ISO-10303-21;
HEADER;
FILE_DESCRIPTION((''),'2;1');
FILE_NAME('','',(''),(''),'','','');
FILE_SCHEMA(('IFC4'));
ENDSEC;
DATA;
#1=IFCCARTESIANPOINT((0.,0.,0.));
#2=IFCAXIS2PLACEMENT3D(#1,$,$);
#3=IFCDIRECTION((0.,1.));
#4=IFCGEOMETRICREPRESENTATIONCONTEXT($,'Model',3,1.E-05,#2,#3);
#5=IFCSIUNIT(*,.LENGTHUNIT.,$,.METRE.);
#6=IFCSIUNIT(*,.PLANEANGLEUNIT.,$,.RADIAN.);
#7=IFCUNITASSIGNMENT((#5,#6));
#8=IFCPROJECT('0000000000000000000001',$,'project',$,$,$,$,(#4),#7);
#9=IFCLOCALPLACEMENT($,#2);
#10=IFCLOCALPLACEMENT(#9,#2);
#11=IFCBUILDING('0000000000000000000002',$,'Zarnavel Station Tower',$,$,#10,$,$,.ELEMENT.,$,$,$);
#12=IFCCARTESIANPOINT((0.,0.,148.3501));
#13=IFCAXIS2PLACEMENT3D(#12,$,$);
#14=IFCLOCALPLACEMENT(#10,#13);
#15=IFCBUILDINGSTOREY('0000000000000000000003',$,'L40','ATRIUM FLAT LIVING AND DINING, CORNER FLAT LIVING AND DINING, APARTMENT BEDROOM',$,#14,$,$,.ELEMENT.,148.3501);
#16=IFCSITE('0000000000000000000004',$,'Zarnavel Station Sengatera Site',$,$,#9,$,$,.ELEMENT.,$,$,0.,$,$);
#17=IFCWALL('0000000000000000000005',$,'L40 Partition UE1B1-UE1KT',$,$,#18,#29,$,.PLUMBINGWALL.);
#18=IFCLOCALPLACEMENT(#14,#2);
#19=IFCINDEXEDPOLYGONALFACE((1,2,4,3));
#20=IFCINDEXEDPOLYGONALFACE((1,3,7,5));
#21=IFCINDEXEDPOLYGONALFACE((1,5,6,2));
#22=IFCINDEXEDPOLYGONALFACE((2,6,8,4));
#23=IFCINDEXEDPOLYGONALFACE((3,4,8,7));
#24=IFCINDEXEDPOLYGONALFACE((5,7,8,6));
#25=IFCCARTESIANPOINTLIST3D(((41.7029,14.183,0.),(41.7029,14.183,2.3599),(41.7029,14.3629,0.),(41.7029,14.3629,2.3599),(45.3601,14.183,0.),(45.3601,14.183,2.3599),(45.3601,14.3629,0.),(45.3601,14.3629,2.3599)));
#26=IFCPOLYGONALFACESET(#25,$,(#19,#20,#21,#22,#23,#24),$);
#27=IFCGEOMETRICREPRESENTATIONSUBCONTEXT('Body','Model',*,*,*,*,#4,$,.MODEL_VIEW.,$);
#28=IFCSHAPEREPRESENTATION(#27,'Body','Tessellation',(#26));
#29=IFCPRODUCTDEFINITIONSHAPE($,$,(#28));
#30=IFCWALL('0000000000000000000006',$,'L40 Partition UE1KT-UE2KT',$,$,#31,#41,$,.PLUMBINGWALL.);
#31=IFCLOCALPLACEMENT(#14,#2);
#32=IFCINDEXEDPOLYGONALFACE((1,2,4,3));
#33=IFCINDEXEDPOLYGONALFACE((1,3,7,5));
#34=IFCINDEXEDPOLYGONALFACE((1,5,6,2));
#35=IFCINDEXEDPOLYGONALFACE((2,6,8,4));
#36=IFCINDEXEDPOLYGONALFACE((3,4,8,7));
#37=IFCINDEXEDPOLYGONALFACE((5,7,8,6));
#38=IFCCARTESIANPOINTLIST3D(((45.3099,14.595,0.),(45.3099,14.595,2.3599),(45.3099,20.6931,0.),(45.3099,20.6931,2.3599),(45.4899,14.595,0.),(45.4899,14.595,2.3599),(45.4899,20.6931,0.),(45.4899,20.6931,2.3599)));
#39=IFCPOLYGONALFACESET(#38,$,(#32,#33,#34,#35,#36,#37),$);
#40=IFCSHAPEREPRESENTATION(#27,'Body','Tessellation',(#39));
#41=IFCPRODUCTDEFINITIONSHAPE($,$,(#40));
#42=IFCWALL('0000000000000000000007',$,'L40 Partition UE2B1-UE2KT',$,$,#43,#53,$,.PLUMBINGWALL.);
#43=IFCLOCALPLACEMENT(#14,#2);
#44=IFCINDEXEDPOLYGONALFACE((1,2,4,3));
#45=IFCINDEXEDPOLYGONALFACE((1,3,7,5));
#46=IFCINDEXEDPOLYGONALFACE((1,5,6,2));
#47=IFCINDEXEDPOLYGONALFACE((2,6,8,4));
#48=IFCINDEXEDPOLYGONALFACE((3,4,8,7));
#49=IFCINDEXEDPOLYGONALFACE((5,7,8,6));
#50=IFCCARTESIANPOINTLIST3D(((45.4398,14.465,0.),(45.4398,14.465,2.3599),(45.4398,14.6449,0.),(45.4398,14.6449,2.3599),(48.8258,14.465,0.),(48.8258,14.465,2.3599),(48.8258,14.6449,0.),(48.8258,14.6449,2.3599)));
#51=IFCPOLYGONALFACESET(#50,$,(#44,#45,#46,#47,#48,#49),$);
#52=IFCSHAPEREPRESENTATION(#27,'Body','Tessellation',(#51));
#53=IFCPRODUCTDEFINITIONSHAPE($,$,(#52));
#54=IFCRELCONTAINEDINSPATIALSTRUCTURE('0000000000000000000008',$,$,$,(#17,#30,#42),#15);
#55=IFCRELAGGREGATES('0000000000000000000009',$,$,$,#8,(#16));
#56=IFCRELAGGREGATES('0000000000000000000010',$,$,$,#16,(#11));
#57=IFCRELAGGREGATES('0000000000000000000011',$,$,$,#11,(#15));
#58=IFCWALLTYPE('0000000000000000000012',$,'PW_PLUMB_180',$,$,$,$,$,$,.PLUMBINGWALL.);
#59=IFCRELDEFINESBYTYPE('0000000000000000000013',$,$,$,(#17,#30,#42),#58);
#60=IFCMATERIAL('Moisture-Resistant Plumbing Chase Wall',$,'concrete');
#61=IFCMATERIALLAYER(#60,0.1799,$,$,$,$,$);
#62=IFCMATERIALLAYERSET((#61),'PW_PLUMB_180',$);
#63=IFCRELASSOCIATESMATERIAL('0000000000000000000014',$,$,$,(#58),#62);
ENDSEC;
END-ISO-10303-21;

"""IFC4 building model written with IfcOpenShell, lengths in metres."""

from ifc_helpers import new_model, si_unit, direction, frame, frame_2d, origin, place, context, subcontext, project, spatial, rectangle, extrude, material, layer, layer_set, type_object, element, save


model = new_model("IFC4")

# Units and contexts
model_context = context("Model", 3, precision=1e-05, world=origin(), true_north=direction((0.0, 1.0)))
body_context = subcontext(model_context, "Body", "Model", "MODEL_VIEW")
ifc_project = project(units=[si_unit("LENGTHUNIT", "METRE"), si_unit("PLANEANGLEUNIT", "RADIAN")], contexts=[model_context])

# Site, building, storey
site_placement = place(None, origin())
site = spatial("IfcSite", under=ifc_project, at=site_placement, Name="Zarnavel Station Sengatera Site", CompositionType="ELEMENT", RefElevation=0.0)
building_placement = place(site_placement, origin())
building = spatial("IfcBuilding", under=site, at=building_placement, Name="Zarnavel Station Tower", CompositionType="ELEMENT")
storey_placement = place(building_placement, frame((0.0, 0.0, 148.3501)))
storey = spatial("IfcBuildingStorey", under=building, at=storey_placement, Name="L40", Description="ATRIUM FLAT LIVING AND DINING, CORNER FLAT LIVING AND DINING, APARTMENT BEDROOM", CompositionType="ELEMENT", Elevation=148.3501)

# Shared definitions
ifc_material_1 = material(Name="Moisture-Resistant Plumbing Chase Wall", Category="concrete")
ifc_layer_1 = layer(ifc_material_1, 0.1799)
ifc_layer_set_1 = layer_set([ifc_layer_1], Name="PW_PLUMB_180")
wall_type_1 = type_object("IfcWallType", Name="PW_PLUMB_180", PredefinedType="PLUMBINGWALL", material=ifc_layer_set_1)

# Walls
wall_1_placement = place(storey_placement, frame((41.7029, 14.2729, 0.0), z_axis=(0.0, 0.0, 1.0), x_axis=(1.0, 0.0, 0.0)))
element("IfcWall", 1, at=wall_1_placement, inside=storey, type_object=wall_type_1, Name="L40 Partition UE1B1-UE1KT", PredefinedType="PLUMBINGWALL", context=body_context, shape_type="SweptSolid", body=[
    extrude(rectangle(XDim=3.6572, YDim=0.1799, at=frame_2d((1.8286, 0.0))), origin(), (0.0, 0.0, 1.0), 2.3599),
])
wall_2_placement = place(storey_placement, frame((45.3999, 14.595, 0.0), z_axis=(0.0, 0.0, 1.0), x_axis=(0.0, 1.0, 0.0)))
element("IfcWall", 2, at=wall_2_placement, inside=storey, type_object=wall_type_1, Name="L40 Partition UE1KT-UE2KT", PredefinedType="PLUMBINGWALL", context=body_context, shape_type="SweptSolid", body=[
    extrude(rectangle(XDim=6.0981, YDim=0.1799, at=frame_2d((3.0491, 0.0))), origin(), (0.0, 0.0, 1.0), 2.3599),
])
wall_3_placement = place(storey_placement, frame((45.4399, 14.5549, 0.0), z_axis=(0.0, 0.0, 1.0), x_axis=(1.0, 0.0, 0.0)))
element("IfcWall", 3, at=wall_3_placement, inside=storey, type_object=wall_type_1, Name="L40 Partition UE2B1-UE2KT", PredefinedType="PLUMBINGWALL", context=body_context, shape_type="SweptSolid", body=[
    extrude(rectangle(XDim=3.386, YDim=0.1799, at=frame_2d((1.6929, 0.0))), origin(), (0.0, 0.0, 1.0), 2.3599),
])

save(model, "model.ifc")
